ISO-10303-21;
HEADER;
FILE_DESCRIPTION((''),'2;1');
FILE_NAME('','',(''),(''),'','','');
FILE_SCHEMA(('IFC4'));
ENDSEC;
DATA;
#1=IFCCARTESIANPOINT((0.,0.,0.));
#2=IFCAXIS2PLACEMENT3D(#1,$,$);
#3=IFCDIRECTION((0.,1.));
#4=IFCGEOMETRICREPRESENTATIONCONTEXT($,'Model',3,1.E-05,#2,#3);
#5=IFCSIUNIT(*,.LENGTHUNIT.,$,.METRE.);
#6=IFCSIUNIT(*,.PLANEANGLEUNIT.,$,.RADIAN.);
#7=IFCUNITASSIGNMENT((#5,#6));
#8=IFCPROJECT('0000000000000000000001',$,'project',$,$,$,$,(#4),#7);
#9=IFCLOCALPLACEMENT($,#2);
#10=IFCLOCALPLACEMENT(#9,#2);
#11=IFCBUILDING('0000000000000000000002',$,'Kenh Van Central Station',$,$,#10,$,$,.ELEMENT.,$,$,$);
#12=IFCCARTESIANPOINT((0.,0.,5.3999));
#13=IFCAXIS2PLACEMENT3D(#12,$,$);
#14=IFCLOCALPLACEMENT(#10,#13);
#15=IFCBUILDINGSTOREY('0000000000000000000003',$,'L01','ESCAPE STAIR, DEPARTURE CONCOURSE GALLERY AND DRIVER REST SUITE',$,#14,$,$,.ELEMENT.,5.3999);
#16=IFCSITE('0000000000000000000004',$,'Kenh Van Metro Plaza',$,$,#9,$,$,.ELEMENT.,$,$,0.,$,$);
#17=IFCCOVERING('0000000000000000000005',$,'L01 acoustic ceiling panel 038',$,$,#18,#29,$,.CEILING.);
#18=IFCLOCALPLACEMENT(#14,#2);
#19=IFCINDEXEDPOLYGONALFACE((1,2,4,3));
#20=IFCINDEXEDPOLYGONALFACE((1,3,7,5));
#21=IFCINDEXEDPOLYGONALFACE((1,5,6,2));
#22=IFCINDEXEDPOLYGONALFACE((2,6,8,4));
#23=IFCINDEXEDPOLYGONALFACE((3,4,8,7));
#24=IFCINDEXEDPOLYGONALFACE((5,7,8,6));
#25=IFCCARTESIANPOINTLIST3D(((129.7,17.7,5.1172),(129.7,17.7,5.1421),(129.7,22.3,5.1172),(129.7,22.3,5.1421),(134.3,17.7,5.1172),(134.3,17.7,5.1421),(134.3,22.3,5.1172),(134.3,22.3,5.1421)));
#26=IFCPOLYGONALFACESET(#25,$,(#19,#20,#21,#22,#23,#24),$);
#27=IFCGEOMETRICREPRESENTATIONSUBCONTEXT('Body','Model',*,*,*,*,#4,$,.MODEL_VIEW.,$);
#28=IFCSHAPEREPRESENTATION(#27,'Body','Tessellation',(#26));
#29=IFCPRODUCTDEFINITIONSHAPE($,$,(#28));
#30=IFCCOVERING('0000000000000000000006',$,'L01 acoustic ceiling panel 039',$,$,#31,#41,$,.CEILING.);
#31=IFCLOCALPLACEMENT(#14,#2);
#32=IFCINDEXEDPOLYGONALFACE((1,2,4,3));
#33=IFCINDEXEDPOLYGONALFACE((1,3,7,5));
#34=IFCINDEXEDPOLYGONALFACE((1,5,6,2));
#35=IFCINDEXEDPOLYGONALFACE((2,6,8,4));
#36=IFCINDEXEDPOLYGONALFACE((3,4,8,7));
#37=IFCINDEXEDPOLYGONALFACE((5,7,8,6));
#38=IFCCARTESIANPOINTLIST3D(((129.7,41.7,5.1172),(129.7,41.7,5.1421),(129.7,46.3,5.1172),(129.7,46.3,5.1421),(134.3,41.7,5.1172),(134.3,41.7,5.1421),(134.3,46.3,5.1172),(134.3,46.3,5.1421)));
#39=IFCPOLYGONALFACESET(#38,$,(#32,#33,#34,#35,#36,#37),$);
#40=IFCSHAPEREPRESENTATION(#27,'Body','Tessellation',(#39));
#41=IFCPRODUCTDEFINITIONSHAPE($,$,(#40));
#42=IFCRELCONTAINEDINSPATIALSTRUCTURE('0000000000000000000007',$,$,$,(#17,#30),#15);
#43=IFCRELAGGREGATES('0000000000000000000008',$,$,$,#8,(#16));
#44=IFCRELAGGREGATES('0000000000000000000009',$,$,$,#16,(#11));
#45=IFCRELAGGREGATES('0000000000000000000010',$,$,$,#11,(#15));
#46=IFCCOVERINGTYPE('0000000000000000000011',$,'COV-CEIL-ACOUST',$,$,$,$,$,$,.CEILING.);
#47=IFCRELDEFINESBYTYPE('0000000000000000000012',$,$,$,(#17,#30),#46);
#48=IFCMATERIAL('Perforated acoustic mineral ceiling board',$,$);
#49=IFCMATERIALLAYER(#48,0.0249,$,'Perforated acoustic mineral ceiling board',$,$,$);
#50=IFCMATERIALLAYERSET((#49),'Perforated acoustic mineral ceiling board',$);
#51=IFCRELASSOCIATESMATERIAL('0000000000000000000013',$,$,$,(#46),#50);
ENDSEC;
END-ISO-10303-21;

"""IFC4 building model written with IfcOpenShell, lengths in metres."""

from ifc_helpers import new_model, si_unit, direction, frame, origin, origin_2d, place, context, subcontext, project, spatial, rectangle, extrude, material, layer, layer_set, type_object, element, save


model = new_model("IFC4")

# Units and contexts
model_context = context("Model", 3, precision=1e-05, world=origin(), true_north=direction((0.0, 1.0)))
body_context = subcontext(model_context, "Body", "Model", "MODEL_VIEW")
ifc_project = project(units=[si_unit("LENGTHUNIT", "METRE"), si_unit("PLANEANGLEUNIT", "RADIAN")], contexts=[model_context])

# Site, building, storey
site_placement = place(None, origin())
site = spatial("IfcSite", under=ifc_project, at=site_placement, Name="Kenh Van Metro Plaza", CompositionType="ELEMENT", RefElevation=0.0)
building_placement = place(site_placement, origin())
building = spatial("IfcBuilding", under=site, at=building_placement, Name="Kenh Van Central Station", CompositionType="ELEMENT")
storey_placement = place(building_placement, frame((0.0, 0.0, 5.3999)))
storey = spatial("IfcBuildingStorey", under=building, at=storey_placement, Name="L01", Description="ESCAPE STAIR, DEPARTURE CONCOURSE GALLERY AND DRIVER REST SUITE", CompositionType="ELEMENT", Elevation=5.3999)

# Coverings
ifc_material_1 = material(Name="Perforated acoustic mineral ceiling board")
ifc_layer_1 = layer(ifc_material_1, 0.0249, Name="Perforated acoustic mineral ceiling board")
ifc_layer_set_1 = layer_set([ifc_layer_1], Name="Perforated acoustic mineral ceiling board")
covering_type = type_object("IfcCoveringType", Name="COV-CEIL-ACOUST", PredefinedType="CEILING", material=ifc_layer_set_1)
for number, where, z_axis, x_axis, name in (
    (1, (132.0, 20.0, 5.1172), (0.0, 0.0, 1.0), (1.0, 0.0, 0.0), "L01 acoustic ceiling panel 038"),
    (2, (132.0, 44.0, 5.1172), (0.0, 0.0, 1.0), (1.0, 0.0, 0.0), "L01 acoustic ceiling panel 039"),
):
    element("IfcCovering", number, at=place(storey_placement, frame(where, z_axis=z_axis, x_axis=x_axis)), inside=storey, type_object=covering_type, Name=name, PredefinedType="CEILING", context=body_context, shape_type="SweptSolid", body=[
        extrude(rectangle(XDim=4.6001, YDim=4.6001, at=origin_2d()), origin(), (0.0, 0.0, 1.0), 0.0249),
    ])

save(model, "model.ifc")
